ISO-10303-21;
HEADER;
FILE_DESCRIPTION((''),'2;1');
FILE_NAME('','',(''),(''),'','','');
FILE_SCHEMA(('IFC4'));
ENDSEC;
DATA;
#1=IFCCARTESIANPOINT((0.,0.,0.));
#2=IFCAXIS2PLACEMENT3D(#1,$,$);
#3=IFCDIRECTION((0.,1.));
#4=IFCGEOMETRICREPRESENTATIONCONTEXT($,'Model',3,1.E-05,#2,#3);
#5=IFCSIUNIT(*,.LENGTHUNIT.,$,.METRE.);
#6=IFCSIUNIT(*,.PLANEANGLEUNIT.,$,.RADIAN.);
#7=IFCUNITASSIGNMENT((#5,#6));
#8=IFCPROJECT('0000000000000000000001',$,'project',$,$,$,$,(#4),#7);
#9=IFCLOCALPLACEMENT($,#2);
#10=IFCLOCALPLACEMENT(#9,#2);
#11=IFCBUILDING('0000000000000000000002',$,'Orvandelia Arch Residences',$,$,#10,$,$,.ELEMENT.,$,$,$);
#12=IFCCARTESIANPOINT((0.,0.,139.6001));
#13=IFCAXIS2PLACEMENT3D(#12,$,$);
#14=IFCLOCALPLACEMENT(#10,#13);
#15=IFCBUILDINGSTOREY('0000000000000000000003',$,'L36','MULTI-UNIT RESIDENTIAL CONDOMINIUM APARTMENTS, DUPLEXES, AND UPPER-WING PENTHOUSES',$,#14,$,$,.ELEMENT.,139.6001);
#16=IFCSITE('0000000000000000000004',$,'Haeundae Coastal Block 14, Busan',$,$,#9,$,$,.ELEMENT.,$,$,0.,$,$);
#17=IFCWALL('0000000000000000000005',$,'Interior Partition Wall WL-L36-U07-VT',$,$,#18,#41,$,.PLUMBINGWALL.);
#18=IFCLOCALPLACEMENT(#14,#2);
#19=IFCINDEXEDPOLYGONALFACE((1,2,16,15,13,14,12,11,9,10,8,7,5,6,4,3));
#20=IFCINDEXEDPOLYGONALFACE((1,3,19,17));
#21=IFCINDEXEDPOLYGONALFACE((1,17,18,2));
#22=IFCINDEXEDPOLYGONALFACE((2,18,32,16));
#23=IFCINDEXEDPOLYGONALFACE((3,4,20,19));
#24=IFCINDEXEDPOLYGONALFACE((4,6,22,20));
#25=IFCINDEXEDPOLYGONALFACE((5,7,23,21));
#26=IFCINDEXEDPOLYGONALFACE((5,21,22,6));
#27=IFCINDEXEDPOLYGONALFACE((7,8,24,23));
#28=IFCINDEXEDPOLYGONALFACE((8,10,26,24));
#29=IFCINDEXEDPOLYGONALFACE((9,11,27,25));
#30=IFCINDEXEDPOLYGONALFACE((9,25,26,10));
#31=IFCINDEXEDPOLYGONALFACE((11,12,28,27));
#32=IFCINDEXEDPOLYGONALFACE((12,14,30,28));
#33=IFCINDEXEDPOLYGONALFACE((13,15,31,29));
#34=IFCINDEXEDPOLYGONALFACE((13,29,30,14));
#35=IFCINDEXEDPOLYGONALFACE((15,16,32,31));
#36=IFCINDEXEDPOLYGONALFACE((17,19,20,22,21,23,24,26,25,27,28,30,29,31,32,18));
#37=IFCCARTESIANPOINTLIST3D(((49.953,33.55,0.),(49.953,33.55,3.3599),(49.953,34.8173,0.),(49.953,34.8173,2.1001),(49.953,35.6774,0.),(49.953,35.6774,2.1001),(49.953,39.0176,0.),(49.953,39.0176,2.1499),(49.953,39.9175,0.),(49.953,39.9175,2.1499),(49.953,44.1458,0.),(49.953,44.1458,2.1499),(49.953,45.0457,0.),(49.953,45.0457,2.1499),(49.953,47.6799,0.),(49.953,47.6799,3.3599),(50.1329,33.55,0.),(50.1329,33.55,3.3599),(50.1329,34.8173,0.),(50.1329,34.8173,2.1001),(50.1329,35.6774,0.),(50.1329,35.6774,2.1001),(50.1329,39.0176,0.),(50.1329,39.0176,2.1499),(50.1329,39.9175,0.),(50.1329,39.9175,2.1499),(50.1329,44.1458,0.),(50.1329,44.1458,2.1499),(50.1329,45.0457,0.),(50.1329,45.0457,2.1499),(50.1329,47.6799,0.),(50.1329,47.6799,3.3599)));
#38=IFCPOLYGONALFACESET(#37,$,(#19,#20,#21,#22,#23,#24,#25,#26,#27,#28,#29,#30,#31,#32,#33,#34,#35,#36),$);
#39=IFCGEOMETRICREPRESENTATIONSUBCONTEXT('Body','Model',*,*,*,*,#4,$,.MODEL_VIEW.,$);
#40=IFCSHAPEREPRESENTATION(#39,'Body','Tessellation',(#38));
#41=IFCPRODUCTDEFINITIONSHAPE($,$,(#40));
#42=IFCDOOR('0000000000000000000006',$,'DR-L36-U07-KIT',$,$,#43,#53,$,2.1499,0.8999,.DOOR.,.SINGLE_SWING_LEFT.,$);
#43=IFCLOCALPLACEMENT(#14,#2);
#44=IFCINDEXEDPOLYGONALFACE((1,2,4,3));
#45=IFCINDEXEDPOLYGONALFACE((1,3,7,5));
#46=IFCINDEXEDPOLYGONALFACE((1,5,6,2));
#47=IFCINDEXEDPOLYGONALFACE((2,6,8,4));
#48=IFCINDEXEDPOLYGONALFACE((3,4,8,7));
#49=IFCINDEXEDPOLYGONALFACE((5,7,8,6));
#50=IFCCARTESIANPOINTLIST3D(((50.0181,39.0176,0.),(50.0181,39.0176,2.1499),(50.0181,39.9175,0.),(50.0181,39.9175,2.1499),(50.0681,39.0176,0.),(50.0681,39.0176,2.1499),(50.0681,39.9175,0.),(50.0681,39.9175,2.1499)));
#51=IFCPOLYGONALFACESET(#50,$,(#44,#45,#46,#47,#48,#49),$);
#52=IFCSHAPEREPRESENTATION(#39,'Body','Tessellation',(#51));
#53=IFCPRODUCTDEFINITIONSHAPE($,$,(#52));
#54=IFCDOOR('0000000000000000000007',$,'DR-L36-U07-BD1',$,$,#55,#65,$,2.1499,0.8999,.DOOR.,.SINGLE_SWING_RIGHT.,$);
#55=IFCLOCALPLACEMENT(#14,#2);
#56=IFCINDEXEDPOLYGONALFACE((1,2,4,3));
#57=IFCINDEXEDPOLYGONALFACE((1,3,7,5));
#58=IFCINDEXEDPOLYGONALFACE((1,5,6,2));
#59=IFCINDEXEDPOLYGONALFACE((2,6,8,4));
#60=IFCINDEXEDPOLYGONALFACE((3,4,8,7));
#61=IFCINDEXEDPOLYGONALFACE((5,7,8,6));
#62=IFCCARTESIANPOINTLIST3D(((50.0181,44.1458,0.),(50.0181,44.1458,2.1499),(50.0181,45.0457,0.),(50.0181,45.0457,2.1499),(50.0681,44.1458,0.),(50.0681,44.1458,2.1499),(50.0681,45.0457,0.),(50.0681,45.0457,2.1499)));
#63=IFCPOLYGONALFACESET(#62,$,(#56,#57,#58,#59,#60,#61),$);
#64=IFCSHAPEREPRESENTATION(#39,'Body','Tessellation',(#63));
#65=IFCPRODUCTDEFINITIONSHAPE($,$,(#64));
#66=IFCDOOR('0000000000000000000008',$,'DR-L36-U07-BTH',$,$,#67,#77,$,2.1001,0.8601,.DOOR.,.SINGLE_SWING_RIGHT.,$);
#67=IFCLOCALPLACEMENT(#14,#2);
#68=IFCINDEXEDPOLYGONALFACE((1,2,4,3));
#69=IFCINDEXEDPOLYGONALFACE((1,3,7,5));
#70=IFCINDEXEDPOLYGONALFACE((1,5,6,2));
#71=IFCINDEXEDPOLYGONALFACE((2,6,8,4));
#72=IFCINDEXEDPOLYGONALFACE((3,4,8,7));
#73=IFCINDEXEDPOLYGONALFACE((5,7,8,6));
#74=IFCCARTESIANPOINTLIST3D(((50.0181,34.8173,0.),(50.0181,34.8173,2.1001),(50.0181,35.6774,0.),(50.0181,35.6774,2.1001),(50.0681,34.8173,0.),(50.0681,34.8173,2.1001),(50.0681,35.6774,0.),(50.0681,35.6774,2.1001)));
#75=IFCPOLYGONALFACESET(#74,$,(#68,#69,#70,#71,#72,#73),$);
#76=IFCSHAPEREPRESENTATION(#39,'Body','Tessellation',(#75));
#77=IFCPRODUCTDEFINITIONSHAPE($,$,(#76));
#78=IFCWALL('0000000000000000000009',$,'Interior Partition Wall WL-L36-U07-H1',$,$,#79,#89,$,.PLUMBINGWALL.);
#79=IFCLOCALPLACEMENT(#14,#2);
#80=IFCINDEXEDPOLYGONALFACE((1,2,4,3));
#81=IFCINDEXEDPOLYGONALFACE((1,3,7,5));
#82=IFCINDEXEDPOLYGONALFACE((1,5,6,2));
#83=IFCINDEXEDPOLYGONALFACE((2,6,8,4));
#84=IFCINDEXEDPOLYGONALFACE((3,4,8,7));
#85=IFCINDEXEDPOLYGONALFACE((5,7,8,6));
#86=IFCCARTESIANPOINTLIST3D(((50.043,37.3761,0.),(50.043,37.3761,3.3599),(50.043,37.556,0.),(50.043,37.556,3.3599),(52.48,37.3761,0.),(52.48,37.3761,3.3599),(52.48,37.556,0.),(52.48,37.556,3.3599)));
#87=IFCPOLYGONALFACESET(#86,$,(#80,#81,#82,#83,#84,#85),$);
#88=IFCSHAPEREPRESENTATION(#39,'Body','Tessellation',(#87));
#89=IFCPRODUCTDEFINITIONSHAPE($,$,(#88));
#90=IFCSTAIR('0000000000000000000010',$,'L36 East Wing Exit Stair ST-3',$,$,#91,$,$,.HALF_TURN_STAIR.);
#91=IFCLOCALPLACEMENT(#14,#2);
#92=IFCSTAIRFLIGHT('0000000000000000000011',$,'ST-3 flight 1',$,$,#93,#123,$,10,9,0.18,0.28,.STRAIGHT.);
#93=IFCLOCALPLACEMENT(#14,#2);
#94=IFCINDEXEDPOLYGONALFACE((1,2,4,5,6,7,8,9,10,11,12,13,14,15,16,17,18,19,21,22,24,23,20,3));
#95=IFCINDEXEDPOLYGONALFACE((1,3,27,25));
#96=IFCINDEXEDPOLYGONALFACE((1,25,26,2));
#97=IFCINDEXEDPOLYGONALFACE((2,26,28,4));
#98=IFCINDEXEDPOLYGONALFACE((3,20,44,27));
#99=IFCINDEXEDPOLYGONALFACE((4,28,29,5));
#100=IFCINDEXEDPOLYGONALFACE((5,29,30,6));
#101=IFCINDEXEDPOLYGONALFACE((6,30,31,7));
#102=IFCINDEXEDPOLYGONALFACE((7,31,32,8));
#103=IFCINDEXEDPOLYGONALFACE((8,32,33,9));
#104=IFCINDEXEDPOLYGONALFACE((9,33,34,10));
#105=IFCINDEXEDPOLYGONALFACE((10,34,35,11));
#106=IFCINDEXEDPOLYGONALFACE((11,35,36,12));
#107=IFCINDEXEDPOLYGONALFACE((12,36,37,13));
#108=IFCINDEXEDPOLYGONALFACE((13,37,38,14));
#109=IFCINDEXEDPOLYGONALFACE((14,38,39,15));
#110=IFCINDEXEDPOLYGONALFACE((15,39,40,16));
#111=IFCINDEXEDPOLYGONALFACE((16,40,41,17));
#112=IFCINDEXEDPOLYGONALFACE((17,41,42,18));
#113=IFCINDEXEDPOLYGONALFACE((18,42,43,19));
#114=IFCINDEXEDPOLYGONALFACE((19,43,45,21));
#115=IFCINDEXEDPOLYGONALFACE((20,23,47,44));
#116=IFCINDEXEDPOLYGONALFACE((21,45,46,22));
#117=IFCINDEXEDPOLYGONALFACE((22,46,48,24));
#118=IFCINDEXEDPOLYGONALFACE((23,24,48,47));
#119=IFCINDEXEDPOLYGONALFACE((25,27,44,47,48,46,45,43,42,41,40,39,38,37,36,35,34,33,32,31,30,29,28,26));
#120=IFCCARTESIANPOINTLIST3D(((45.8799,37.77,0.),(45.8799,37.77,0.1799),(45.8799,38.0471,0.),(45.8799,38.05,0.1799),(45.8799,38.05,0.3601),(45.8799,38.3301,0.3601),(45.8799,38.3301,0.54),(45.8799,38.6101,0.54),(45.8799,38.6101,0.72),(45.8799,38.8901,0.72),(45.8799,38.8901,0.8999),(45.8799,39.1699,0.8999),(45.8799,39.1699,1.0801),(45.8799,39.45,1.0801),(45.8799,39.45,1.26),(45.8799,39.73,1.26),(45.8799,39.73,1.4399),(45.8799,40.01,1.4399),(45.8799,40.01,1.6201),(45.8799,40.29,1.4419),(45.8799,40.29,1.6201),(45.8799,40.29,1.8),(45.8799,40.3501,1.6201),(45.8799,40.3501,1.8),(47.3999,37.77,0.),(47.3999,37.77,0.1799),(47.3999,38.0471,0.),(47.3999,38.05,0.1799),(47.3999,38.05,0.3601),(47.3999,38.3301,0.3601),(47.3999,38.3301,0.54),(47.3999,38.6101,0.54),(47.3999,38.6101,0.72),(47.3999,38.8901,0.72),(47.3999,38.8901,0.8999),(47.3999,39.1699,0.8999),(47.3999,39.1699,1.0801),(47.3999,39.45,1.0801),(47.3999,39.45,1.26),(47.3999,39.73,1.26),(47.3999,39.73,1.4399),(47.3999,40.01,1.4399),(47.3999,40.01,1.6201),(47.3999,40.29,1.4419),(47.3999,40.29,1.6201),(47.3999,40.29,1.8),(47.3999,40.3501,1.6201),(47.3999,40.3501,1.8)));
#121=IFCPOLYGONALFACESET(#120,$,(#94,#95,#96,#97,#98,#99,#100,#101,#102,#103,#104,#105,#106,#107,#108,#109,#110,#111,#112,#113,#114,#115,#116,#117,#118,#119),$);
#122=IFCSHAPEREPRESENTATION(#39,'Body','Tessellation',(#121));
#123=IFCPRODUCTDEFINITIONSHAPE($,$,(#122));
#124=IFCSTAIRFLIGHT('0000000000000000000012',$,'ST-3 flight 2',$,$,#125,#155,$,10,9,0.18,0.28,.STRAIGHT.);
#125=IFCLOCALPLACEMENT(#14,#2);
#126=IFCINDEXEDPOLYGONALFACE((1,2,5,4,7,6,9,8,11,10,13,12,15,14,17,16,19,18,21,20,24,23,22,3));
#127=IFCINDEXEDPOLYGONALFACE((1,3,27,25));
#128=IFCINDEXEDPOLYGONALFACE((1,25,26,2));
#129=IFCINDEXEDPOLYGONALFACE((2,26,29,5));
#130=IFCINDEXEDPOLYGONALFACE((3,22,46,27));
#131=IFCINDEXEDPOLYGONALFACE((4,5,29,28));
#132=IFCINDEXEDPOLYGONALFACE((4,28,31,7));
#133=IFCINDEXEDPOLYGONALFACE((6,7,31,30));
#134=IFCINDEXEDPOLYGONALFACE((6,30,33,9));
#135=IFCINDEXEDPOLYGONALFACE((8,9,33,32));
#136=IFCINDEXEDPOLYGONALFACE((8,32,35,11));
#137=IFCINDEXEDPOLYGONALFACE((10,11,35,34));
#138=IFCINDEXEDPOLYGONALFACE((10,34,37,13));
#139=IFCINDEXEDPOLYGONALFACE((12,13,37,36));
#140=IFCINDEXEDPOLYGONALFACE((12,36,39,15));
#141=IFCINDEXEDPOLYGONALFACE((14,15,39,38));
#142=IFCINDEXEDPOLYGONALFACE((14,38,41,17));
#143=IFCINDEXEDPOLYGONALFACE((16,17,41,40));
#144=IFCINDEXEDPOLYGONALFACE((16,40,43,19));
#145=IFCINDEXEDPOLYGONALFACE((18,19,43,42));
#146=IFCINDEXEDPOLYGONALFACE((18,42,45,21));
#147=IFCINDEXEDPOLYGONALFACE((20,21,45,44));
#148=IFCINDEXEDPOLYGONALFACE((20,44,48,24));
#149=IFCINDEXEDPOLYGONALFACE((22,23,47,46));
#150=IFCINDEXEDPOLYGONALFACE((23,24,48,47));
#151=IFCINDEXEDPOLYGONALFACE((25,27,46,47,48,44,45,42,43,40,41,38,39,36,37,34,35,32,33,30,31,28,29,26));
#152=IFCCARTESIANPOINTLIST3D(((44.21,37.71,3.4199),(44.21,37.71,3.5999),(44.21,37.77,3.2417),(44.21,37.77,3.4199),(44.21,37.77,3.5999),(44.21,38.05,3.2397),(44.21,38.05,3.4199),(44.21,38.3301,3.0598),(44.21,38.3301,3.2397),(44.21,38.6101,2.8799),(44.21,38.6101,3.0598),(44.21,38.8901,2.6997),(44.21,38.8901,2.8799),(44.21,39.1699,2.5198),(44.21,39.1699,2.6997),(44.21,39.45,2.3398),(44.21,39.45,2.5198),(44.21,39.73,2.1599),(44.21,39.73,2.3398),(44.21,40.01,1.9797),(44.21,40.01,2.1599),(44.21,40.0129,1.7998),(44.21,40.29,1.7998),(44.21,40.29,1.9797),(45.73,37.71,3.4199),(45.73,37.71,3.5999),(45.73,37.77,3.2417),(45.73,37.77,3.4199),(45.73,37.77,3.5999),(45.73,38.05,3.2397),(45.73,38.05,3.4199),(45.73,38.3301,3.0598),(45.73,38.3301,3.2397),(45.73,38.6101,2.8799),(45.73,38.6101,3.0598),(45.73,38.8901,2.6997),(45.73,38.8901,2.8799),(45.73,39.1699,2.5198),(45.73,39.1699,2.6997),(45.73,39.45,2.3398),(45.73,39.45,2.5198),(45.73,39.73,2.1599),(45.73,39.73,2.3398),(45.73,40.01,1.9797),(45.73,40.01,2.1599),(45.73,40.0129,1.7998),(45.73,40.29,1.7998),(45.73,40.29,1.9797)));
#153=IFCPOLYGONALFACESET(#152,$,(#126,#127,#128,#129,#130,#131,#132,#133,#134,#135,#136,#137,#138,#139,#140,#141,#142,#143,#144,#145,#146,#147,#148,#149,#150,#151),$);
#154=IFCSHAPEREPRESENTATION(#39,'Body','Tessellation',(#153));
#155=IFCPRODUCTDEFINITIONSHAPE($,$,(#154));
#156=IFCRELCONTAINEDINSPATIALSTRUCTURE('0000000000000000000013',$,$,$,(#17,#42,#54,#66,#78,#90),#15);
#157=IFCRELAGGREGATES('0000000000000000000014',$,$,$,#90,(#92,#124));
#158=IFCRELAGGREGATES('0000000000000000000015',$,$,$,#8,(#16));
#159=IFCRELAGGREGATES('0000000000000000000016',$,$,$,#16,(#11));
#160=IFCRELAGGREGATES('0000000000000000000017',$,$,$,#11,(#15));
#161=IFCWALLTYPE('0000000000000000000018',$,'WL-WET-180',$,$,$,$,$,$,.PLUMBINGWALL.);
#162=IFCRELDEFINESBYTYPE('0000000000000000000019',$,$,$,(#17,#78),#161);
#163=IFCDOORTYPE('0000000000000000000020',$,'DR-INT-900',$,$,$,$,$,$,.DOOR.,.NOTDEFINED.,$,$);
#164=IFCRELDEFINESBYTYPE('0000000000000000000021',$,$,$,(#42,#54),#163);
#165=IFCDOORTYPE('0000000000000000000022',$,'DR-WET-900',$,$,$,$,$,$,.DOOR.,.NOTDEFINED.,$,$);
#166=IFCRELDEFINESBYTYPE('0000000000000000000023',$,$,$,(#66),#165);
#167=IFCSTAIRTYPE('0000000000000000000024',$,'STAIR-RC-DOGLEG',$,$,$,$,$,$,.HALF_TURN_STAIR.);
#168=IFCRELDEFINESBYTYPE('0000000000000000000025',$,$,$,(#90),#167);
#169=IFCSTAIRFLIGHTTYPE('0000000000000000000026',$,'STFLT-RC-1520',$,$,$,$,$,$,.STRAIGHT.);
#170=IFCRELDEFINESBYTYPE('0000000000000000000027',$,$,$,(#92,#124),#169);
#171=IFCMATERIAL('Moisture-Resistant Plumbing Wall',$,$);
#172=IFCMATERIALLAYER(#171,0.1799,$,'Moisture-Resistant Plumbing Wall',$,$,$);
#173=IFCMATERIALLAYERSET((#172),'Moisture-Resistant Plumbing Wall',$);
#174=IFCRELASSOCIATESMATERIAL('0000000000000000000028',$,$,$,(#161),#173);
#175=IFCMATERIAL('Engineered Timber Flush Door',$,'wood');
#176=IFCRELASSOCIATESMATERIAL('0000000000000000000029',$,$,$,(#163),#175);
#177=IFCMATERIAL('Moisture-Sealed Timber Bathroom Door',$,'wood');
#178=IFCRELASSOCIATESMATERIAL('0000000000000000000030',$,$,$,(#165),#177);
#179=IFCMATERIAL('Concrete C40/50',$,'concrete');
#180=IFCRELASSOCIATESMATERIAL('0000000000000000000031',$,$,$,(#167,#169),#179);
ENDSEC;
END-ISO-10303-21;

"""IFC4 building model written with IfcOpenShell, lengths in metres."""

from ifc_helpers import new_model, si_unit, direction, frame, frame_2d, origin, place, context, subcontext, project, spatial, polyline, rectangle, outline, extrude, material, layer, layer_set, type_object, element, fill, aggregate, save


model = new_model("IFC4")

# Units and contexts
model_context = context("Model", 3, precision=1e-05, world=origin(), true_north=direction((0.0, 1.0)))
body_context = subcontext(model_context, "Body", "Model", "MODEL_VIEW")
ifc_project = project(units=[si_unit("LENGTHUNIT", "METRE"), si_unit("PLANEANGLEUNIT", "RADIAN")], contexts=[model_context])

# Site, building, storey
site_placement = place(None, origin())
site = spatial("IfcSite", under=ifc_project, at=site_placement, Name="Haeundae Coastal Block 14, Busan", CompositionType="ELEMENT", RefElevation=0.0)
building_placement = place(site_placement, origin())
building = spatial("IfcBuilding", under=site, at=building_placement, Name="Orvandelia Arch Residences", CompositionType="ELEMENT")
storey_placement = place(building_placement, frame((0.0, 0.0, 139.6001)))
storey = spatial("IfcBuildingStorey", under=building, at=storey_placement, Name="L36", Description="MULTI-UNIT RESIDENTIAL CONDOMINIUM APARTMENTS, DUPLEXES, AND UPPER-WING PENTHOUSES", CompositionType="ELEMENT", Elevation=139.6001)

# Wall, openings, doors
ifc_material_1 = material(Name="Moisture-Resistant Plumbing Wall")
ifc_layer_1 = layer(ifc_material_1, 0.1799, Name="Moisture-Resistant Plumbing Wall")
ifc_layer_set_1 = layer_set([ifc_layer_1], Name="Moisture-Resistant Plumbing Wall")
wall_type_1 = type_object("IfcWallType", Name="WL-WET-180", PredefinedType="PLUMBINGWALL", material=ifc_layer_set_1)
wall_1_placement = place(storey_placement, frame((50.043, 33.55, 0.0), z_axis=(0.0, 0.0, 1.0), x_axis=(0.0, 1.0, 0.0)))
wall_1 = element("IfcWall", 1, at=wall_1_placement, inside=storey, type_object=wall_type_1, Name="Interior Partition Wall WL-L36-U07-VT", PredefinedType="PLUMBINGWALL", context=body_context, shape_type="SweptSolid", body=[
    extrude(rectangle(XDim=14.1299, YDim=0.1799, at=frame_2d((7.0649, 0.0))), origin(), (0.0, 0.0, 1.0), 3.3599),
])
opening_1_placement = place(wall_1_placement, frame((1.2671, 0.0, 0.0)))
opening_1 = element("IfcOpeningElement", 2, at=opening_1_placement, cuts=wall_1, PredefinedType="OPENING", context=body_context, shape_type="SweptSolid", body=[
    extrude(rectangle(XDim=0.8601, YDim=2.1001, at=frame_2d((0.4302, 1.05))), frame((0.0, 0.1001, 0.0), z_axis=(0.0, -1.0, 0.0), x_axis=(1.0, 0.0, 0.0)), (0.0, 0.0, 1.0), 0.2),
])
opening_2_placement = place(wall_1_placement, frame((5.4675, 0.0, 0.0)))
opening_2 = element("IfcOpeningElement", 3, at=opening_2_placement, cuts=wall_1, PredefinedType="OPENING", context=body_context, shape_type="SweptSolid", body=[
    extrude(rectangle(XDim=0.8999, YDim=2.1499, at=frame_2d((0.45, 1.075))), frame((0.0, 0.1001, 0.0), z_axis=(0.0, -1.0, 0.0), x_axis=(1.0, 0.0, 0.0)), (0.0, 0.0, 1.0), 0.2),
])
opening_3_placement = place(wall_1_placement, frame((10.5957, 0.0, 0.0)))
opening_3 = element("IfcOpeningElement", 4, at=opening_3_placement, cuts=wall_1, PredefinedType="OPENING", context=body_context, shape_type="SweptSolid", body=[
    extrude(rectangle(XDim=0.8999, YDim=2.1499, at=frame_2d((0.45, 1.075))), frame((0.0, 0.1001, 0.0), z_axis=(0.0, -1.0, 0.0), x_axis=(1.0, 0.0, 0.0)), (0.0, 0.0, 1.0), 0.2),
])
ifc_material_2 = material(Name="Engineered Timber Flush Door", Category="wood")
door_type_1 = type_object("IfcDoorType", Name="DR-INT-900", OperationType="NOTDEFINED", PredefinedType="DOOR", material=ifc_material_2)
door_1_placement = place(opening_2_placement, origin())
door_1 = element("IfcDoor", 5, at=door_1_placement, inside=storey, type_object=door_type_1, Name="DR-L36-U07-KIT", OperationType="SINGLE_SWING_LEFT", OverallHeight=2.1499, OverallWidth=0.8999, PredefinedType="DOOR", context=body_context, shape_type="SweptSolid", body=[
    extrude(rectangle(XDim=0.8999, YDim=2.1499, at=frame_2d((0.45, 1.075))), frame((0.0, 0.0249, 0.0), z_axis=(0.0, -1.0, 0.0), x_axis=(1.0, 0.0, 0.0)), (0.0, 0.0, 1.0), 0.05),
])
fill(opening_2, door_1)
door_2_placement = place(opening_3_placement, origin())
door_2 = element("IfcDoor", 6, at=door_2_placement, inside=storey, type_object=door_type_1, Name="DR-L36-U07-BD1", OperationType="SINGLE_SWING_RIGHT", OverallHeight=2.1499, OverallWidth=0.8999, PredefinedType="DOOR", context=body_context, shape_type="SweptSolid", body=[
    extrude(rectangle(XDim=0.8999, YDim=2.1499, at=frame_2d((0.45, 1.075))), frame((0.0, 0.0249, 0.0), z_axis=(0.0, -1.0, 0.0), x_axis=(1.0, 0.0, 0.0)), (0.0, 0.0, 1.0), 0.05),
])
fill(opening_3, door_2)
ifc_material_3 = material(Name="Moisture-Sealed Timber Bathroom Door", Category="wood")
door_type_2 = type_object("IfcDoorType", Name="DR-WET-900", OperationType="NOTDEFINED", PredefinedType="DOOR", material=ifc_material_3)
door_3_placement = place(opening_1_placement, origin())
door_3 = element("IfcDoor", 7, at=door_3_placement, inside=storey, type_object=door_type_2, Name="DR-L36-U07-BTH", OperationType="SINGLE_SWING_RIGHT", OverallHeight=2.1001, OverallWidth=0.8601, PredefinedType="DOOR", context=body_context, shape_type="SweptSolid", body=[
    extrude(rectangle(XDim=0.8601, YDim=2.1001, at=frame_2d((0.4302, 1.05))), frame((0.0, 0.0249, 0.0), z_axis=(0.0, -1.0, 0.0), x_axis=(1.0, 0.0, 0.0)), (0.0, 0.0, 1.0), 0.05),
])
fill(opening_1, door_3)

# Wall
wall_2_placement = place(storey_placement, frame((50.043, 37.4661, 0.0), z_axis=(0.0, 0.0, 1.0), x_axis=(1.0, 0.0, 0.0)))
element("IfcWall", 8, at=wall_2_placement, inside=storey, type_object=wall_type_1, Name="Interior Partition Wall WL-L36-U07-H1", PredefinedType="PLUMBINGWALL", context=body_context, shape_type="SweptSolid", body=[
    extrude(rectangle(XDim=2.437, YDim=0.1799, at=frame_2d((1.2185, 0.0))), origin(), (0.0, 0.0, 1.0), 3.3599),
])

# Stair, stair flights
ifc_material_4 = material(Name="Concrete C40/50", Category="concrete")
stair_type = type_object("IfcStairType", Name="STAIR-RC-DOGLEG", PredefinedType="HALF_TURN_STAIR", material=ifc_material_4)
stair_placement = place(storey_placement, origin())
stair = element("IfcStair", 9, at=stair_placement, inside=storey, type_object=stair_type, Name="L36 East Wing Exit Stair ST-3", PredefinedType="HALF_TURN_STAIR")
stair_flight_type = type_object("IfcStairFlightType", Name="STFLT-RC-1520", PredefinedType="STRAIGHT", material=ifc_material_4)
stair_flight_1_placement = place(storey_placement, frame((46.6399, 37.77, 0.0), z_axis=(0.0, 0.0, 1.0), x_axis=(0.0, 1.0, 0.0)))
stair_flight_1 = element("IfcStairFlight", 10, at=stair_flight_1_placement, type_object=stair_flight_type, Name="ST-3 flight 1", NumberOfRisers=10, NumberOfTreads=9, PredefinedType="STRAIGHT", RiserHeight=0.18, TreadLength=0.28, context=body_context, shape_type="SweptSolid", body=[
    extrude(outline(polyline([(0.0, 0.0), (0.0, 0.1799), (0.28, 0.1799), (0.28, 0.3601), (0.5601, 0.3601), (0.5601, 0.54), (0.8401, 0.54), (0.8401, 0.72), (1.1201, 0.72), (1.1201, 0.8999), (1.3999, 0.8999), (1.3999, 1.0801), (1.6799, 1.0801), (1.6799, 1.26), (1.96, 1.26), (1.96, 1.4399), (2.24, 1.4399), (2.24, 1.6201), (2.52, 1.6201), (2.52, 1.8), (2.5801, 1.8), (2.5801, 1.6201), (2.52, 1.4419), (0.2771, 0.0), (0.0, 0.0)])), frame((0.0, 0.76, 0.0), z_axis=(0.0, -1.0, 0.0), x_axis=(1.0, 0.0, 0.0)), (0.0, 0.0, 1.0), 1.52),
])
stair_flight_2_placement = place(storey_placement, frame((44.97, 40.29, 1.7998), z_axis=(0.0, 0.0, 1.0), x_axis=(0.0, -1.0, 0.0)))
stair_flight_2 = element("IfcStairFlight", 11, at=stair_flight_2_placement, type_object=stair_flight_type, Name="ST-3 flight 2", NumberOfRisers=10, NumberOfTreads=9, PredefinedType="STRAIGHT", RiserHeight=0.18, TreadLength=0.28, context=body_context, shape_type="SweptSolid", body=[
    extrude(outline(polyline([(0.0, 0.0), (0.0, 0.1799), (0.28, 0.1799), (0.28, 0.3601), (0.5601, 0.3601), (0.5601, 0.54), (0.8401, 0.54), (0.8401, 0.72), (1.1201, 0.72), (1.1201, 0.8999), (1.3999, 0.8999), (1.3999, 1.0801), (1.6799, 1.0801), (1.6799, 1.26), (1.96, 1.26), (1.96, 1.4399), (2.24, 1.4399), (2.24, 1.6201), (2.52, 1.6201), (2.52, 1.8), (2.5801, 1.8), (2.5801, 1.6201), (2.52, 1.4419), (0.2771, 0.0), (0.0, 0.0)])), frame((0.0, 0.76, 0.0), z_axis=(0.0, -1.0, 0.0), x_axis=(1.0, 0.0, 0.0)), (0.0, 0.0, 1.0), 1.52),
])
aggregate(stair, [stair_flight_1, stair_flight_2])

save(model, "model.ifc")
